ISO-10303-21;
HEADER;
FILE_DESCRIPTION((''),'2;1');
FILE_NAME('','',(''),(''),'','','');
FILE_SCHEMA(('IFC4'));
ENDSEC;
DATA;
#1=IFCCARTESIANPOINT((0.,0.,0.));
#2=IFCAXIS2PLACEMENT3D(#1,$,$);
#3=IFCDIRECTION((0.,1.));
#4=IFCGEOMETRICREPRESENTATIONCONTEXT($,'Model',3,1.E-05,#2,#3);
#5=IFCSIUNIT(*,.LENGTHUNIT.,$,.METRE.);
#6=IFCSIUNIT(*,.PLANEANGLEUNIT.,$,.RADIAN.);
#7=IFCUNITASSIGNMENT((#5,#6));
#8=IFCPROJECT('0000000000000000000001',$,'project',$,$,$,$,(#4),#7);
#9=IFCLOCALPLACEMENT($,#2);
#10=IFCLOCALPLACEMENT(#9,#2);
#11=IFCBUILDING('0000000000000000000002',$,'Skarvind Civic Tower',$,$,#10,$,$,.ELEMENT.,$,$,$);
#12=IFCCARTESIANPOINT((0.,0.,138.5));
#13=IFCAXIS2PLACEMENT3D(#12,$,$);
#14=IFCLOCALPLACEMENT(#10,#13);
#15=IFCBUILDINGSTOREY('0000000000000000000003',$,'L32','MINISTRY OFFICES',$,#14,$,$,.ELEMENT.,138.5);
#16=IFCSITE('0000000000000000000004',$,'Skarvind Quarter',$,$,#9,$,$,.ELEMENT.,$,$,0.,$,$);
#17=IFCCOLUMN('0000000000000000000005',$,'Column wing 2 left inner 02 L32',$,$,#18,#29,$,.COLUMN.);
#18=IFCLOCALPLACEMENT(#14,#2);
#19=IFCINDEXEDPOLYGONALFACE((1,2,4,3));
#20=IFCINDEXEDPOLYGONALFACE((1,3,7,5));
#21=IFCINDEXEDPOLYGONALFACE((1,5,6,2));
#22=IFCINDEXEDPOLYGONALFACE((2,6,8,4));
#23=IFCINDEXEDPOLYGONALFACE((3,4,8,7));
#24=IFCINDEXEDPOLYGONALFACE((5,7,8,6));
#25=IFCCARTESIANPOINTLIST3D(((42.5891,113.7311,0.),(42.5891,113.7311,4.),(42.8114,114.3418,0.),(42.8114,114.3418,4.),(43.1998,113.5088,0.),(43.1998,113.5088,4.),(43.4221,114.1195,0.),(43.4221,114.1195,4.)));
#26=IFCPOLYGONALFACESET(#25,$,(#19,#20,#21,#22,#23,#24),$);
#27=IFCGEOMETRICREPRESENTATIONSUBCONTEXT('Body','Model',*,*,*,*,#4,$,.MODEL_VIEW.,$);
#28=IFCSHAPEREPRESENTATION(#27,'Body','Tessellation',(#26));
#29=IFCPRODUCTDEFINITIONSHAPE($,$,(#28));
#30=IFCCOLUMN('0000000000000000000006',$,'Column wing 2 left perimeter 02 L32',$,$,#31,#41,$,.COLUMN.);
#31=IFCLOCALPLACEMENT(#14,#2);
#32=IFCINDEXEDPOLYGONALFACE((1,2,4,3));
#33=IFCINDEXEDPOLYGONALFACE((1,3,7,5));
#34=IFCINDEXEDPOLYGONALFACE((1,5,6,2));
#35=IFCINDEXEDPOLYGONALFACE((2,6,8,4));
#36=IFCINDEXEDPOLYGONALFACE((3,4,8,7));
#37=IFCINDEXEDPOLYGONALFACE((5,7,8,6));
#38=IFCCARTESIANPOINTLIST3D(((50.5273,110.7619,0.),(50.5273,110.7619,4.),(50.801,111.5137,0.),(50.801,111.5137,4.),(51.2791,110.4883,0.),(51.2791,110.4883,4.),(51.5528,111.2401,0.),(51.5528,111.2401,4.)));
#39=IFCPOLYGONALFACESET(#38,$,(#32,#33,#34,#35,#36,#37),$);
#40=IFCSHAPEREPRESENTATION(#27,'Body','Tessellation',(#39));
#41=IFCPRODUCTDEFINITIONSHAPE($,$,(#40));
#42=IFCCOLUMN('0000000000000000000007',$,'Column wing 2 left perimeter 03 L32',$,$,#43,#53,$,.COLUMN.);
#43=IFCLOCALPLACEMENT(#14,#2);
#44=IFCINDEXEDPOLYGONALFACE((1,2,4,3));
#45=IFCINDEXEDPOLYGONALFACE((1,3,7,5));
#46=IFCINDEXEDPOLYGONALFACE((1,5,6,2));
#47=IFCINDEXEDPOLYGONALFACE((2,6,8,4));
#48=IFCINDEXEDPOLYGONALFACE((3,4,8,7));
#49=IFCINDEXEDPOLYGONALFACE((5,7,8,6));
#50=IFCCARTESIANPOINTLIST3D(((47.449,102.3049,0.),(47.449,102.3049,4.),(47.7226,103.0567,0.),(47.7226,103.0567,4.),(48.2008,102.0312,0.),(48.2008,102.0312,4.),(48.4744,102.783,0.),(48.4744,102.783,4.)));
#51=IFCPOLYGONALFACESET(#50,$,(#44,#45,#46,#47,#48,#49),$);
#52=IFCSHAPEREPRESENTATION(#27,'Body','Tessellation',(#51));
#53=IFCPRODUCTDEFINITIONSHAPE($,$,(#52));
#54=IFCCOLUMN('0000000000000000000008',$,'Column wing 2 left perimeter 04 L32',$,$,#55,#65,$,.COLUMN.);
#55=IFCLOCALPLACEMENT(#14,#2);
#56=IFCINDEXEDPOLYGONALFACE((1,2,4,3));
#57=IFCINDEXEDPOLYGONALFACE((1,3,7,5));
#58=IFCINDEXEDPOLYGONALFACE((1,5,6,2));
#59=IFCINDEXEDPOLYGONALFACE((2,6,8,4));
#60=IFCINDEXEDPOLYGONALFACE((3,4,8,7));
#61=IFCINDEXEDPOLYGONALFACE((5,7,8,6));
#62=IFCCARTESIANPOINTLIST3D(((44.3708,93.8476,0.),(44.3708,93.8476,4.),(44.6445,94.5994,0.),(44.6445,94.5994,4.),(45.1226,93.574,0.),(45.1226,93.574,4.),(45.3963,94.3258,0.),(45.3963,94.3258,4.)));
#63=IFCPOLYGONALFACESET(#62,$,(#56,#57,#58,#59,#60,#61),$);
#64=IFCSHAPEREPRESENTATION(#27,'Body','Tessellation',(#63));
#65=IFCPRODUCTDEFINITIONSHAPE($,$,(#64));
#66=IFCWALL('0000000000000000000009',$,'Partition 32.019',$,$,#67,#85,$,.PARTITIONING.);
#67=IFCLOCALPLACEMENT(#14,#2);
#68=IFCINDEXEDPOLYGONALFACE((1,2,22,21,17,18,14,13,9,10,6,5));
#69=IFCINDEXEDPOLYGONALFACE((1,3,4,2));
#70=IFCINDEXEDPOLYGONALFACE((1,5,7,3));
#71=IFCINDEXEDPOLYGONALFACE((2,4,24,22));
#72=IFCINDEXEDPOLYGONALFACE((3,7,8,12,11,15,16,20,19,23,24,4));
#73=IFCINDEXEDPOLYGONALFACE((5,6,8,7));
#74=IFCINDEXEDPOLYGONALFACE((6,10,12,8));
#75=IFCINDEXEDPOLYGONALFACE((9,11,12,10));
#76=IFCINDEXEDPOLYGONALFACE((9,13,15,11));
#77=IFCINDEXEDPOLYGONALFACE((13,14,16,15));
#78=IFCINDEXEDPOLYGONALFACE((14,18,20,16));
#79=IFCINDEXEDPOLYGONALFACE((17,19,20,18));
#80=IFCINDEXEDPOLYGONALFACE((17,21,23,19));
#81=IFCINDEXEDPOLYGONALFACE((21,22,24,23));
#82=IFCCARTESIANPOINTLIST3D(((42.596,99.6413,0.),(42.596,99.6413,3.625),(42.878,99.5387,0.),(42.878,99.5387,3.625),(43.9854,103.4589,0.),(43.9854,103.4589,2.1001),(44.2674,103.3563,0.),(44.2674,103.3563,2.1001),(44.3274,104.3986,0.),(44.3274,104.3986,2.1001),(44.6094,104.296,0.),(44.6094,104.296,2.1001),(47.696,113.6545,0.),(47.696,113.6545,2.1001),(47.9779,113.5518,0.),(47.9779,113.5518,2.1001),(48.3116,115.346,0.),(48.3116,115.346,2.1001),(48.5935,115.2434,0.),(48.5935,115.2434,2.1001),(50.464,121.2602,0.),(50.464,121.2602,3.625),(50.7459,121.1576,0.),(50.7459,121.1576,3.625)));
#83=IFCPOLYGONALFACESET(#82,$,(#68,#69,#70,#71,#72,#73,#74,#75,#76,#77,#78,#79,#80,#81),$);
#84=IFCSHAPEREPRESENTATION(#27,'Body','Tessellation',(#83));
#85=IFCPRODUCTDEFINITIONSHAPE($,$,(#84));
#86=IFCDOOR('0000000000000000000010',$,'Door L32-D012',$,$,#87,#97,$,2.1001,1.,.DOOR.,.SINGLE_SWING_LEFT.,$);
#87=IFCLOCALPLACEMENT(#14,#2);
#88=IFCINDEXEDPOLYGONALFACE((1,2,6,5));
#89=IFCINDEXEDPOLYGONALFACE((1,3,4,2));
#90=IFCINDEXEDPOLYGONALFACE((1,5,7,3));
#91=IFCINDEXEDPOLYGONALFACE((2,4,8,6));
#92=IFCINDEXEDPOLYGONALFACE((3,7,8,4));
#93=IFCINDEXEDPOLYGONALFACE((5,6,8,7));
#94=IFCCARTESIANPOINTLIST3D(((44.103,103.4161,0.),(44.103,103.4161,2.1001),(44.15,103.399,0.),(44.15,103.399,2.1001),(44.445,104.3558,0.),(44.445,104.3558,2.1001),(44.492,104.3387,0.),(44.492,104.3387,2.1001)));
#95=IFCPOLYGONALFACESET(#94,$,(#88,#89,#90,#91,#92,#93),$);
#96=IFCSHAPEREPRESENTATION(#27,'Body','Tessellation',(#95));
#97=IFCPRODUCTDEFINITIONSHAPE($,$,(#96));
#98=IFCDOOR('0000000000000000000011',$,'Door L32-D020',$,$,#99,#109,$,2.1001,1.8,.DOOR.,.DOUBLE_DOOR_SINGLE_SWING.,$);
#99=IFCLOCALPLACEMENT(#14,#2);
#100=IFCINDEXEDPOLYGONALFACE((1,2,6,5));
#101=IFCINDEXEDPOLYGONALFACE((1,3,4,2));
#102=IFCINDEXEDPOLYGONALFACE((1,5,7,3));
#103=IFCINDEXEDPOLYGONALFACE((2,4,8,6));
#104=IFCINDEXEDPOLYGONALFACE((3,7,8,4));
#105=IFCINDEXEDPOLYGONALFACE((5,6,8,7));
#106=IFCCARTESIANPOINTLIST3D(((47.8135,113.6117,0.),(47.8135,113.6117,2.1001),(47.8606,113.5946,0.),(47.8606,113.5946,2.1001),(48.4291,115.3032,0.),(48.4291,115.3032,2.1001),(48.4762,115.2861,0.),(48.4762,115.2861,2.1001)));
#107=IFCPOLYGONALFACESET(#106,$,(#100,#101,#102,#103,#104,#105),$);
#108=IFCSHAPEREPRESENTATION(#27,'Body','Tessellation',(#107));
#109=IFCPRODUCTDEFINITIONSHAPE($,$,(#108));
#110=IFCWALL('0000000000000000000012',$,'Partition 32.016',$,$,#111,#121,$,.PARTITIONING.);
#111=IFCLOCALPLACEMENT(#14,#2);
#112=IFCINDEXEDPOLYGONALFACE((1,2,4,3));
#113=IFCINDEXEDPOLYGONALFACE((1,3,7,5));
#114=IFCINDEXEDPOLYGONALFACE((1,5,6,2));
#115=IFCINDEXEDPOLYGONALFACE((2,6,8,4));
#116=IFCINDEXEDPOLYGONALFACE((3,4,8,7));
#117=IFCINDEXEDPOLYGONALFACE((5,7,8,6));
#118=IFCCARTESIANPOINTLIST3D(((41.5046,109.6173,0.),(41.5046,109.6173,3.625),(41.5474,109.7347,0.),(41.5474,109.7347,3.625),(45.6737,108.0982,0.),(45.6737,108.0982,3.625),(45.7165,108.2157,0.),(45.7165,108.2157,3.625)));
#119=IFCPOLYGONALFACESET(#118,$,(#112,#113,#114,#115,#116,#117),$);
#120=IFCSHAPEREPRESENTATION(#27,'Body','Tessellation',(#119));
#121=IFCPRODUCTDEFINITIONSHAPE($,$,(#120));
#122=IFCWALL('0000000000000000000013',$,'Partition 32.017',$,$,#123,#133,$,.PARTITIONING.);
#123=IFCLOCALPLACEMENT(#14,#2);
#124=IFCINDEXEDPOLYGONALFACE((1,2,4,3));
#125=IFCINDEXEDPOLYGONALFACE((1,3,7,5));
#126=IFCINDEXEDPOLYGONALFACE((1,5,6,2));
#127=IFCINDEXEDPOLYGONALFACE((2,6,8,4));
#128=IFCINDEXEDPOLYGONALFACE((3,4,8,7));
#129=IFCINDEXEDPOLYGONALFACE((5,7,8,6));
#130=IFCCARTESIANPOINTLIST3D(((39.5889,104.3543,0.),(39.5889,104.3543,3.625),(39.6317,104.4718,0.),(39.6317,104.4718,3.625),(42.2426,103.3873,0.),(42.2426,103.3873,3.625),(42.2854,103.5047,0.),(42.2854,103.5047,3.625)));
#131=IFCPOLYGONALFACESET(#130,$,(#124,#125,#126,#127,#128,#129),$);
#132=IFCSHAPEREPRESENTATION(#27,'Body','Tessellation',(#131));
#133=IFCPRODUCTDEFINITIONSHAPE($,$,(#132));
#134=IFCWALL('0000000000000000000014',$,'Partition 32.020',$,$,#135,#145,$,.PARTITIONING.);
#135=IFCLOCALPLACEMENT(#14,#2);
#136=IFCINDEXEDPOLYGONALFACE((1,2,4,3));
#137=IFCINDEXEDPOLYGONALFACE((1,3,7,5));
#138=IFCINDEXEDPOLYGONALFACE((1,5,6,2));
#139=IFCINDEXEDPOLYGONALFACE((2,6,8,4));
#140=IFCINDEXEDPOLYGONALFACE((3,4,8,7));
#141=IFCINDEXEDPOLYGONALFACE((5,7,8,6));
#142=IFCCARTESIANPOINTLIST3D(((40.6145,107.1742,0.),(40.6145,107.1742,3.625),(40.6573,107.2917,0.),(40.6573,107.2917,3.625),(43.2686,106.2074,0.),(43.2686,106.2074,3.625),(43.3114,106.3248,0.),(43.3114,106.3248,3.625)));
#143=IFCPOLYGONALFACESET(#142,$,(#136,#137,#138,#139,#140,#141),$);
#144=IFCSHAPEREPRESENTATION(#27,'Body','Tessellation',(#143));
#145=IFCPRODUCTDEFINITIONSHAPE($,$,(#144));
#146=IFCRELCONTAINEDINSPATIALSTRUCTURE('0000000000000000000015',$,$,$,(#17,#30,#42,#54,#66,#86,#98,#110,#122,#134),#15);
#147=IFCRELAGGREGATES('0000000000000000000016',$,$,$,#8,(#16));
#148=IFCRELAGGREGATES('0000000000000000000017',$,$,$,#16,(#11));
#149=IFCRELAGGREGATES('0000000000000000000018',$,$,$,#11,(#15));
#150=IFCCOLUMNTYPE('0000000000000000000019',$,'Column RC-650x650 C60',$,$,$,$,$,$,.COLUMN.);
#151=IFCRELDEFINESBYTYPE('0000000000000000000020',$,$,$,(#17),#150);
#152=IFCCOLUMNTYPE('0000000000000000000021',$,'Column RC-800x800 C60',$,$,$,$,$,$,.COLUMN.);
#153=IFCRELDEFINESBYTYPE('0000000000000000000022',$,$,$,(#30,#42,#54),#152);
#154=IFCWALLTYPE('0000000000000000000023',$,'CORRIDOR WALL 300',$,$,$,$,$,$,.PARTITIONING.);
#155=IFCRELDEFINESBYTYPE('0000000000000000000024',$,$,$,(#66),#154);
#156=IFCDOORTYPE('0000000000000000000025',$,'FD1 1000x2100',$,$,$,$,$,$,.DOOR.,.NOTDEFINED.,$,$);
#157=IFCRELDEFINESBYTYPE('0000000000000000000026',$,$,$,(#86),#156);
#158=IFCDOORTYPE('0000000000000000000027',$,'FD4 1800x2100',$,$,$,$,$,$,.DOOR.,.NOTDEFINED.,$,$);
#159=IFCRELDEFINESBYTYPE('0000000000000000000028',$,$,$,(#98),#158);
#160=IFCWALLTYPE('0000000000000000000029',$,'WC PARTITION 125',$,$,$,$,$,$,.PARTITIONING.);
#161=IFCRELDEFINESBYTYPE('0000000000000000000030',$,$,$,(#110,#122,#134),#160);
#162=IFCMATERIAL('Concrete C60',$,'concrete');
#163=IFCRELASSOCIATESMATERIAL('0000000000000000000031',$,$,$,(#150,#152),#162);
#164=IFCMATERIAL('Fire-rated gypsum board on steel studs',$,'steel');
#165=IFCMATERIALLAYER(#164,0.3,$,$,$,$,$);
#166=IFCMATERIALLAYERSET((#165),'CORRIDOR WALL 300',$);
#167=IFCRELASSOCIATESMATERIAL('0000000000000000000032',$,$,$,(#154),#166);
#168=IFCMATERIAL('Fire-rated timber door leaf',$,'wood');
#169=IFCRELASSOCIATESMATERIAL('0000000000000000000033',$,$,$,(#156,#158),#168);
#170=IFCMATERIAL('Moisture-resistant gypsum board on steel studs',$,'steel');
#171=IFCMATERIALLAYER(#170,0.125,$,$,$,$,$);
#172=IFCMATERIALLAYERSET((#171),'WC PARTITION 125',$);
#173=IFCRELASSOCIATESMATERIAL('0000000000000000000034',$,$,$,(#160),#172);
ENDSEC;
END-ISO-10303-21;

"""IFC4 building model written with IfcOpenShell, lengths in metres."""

from ifc_helpers import new_model, si_unit, direction, frame, frame_2d, origin, origin_2d, place, context, subcontext, project, spatial, rectangle, extrude, material, layer, layer_set, material_profile, profile_set, type_object, element, fill, save


model = new_model("IFC4")

# Units and contexts
model_context = context("Model", 3, precision=1e-05, world=origin(), true_north=direction((0.0, 1.0)))
body_context = subcontext(model_context, "Body", "Model", "MODEL_VIEW")
ifc_project = project(units=[si_unit("LENGTHUNIT", "METRE"), si_unit("PLANEANGLEUNIT", "RADIAN")], contexts=[model_context])

# Site, building, storey
site_placement = place(None, origin())
site = spatial("IfcSite", under=ifc_project, at=site_placement, Name="Skarvind Quarter", CompositionType="ELEMENT", RefElevation=0.0)
building_placement = place(site_placement, origin())
building = spatial("IfcBuilding", under=site, at=building_placement, Name="Skarvind Civic Tower", CompositionType="ELEMENT")
storey_placement = place(building_placement, frame((0.0, 0.0, 138.5)))
storey = spatial("IfcBuildingStorey", under=building, at=storey_placement, Name="L32", Description="MINISTRY OFFICES", CompositionType="ELEMENT", Elevation=138.5)

# Columns
ifc_material_1 = material(Name="Concrete C60", Category="concrete")
ifc_material_profile_1 = material_profile(ifc_material_1, rectangle(XDim=0.6499, YDim=0.6499, at=origin_2d()), Name="RC-650x650")
ifc_profile_set_1 = profile_set([ifc_material_profile_1], Name="Concrete C60")
column_type_1 = type_object("IfcColumnType", Name="Column RC-650x650 C60", PredefinedType="COLUMN", material=ifc_profile_set_1)
column_placement = place(storey_placement, frame((43.0056, 113.9253, 0.0), z_axis=(0.0, 0.0, 1.0), x_axis=(-0.34202, -0.939693, 0.0)))
element("IfcColumn", 1, at=column_placement, inside=storey, type_object=column_type_1, Name="Column wing 2 left inner 02 L32", PredefinedType="COLUMN", context=body_context, shape_type="SweptSolid", body=[
    extrude(rectangle(XDim=0.6499, YDim=0.6499, at=origin_2d()), origin(), (0.0, 0.0, 1.0), 4.0),
])
ifc_material_profile_2 = material_profile(ifc_material_1, rectangle(XDim=0.8, YDim=0.8, at=origin_2d()), Name="RC-800x800")
ifc_profile_set_2 = profile_set([ifc_material_profile_2], Name="Concrete C60")
column_type_2 = type_object("IfcColumnType", Name="Column RC-800x800 C60", PredefinedType="COLUMN", material=ifc_profile_set_2)
for number, where, z_axis, x_axis, name in (
    (2, (51.04, 111.001, 0.0), (0.0, 0.0, 1.0), (-0.34202, -0.939693, 0.0), "Column wing 2 left perimeter 02 L32"),
    (3, (47.9617, 102.5439, 0.0), (0.0, 0.0, 1.0), (-0.34202, -0.939693, 0.0), "Column wing 2 left perimeter 03 L32"),
    (4, (44.8835, 94.0867, 0.0), (0.0, 0.0, 1.0), (-0.34202, -0.939693, 0.0), "Column wing 2 left perimeter 04 L32"),
):
    element("IfcColumn", number, at=place(storey_placement, frame(where, z_axis=z_axis, x_axis=x_axis)), inside=storey, type_object=column_type_2, Name=name, PredefinedType="COLUMN", context=body_context, shape_type="SweptSolid", body=[
        extrude(rectangle(XDim=0.8, YDim=0.8, at=origin_2d()), origin(), (0.0, 0.0, 1.0), 4.0),
    ])

# Wall, openings, doors
ifc_material_2 = material(Name="Fire-rated gypsum board on steel studs", Category="steel")
ifc_layer_1 = layer(ifc_material_2, 0.3)
ifc_layer_set_1 = layer_set([ifc_layer_1], Name="CORRIDOR WALL 300")
wall_type_1 = type_object("IfcWallType", Name="CORRIDOR WALL 300", PredefinedType="PARTITIONING", material=ifc_layer_set_1)
wall_1_placement = place(storey_placement, frame((42.7371, 99.5901, 0.0), z_axis=(0.0, 0.0, 1.0), x_axis=(0.341993, 0.939703, 0.0)))
wall_1 = element("IfcWall", 5, at=wall_1_placement, inside=storey, type_object=wall_type_1, Name="Partition 32.019", PredefinedType="PARTITIONING", context=body_context, shape_type="SweptSolid", body=[
    extrude(rectangle(XDim=23.0061, YDim=0.3, at=frame_2d((11.5029, 0.0))), origin(), (0.0, 0.0, 1.0), 3.625),
])
opening_1_placement = place(wall_1_placement, frame((4.0625, 0.0, 0.0)))
opening_1 = element("IfcOpeningElement", 6, at=opening_1_placement, cuts=wall_1, PredefinedType="OPENING", context=body_context, shape_type="SweptSolid", body=[
    extrude(rectangle(XDim=1.0, YDim=2.1001, at=frame_2d((0.5, 1.05))), frame((0.0, 0.1599, 0.0), z_axis=(0.0, -1.0, 0.0), x_axis=(1.0, 0.0, 0.0)), (0.0, 0.0, 1.0), 0.3201),
])
opening_2_placement = place(wall_1_placement, frame((14.9124, 0.0, 0.0)))
opening_2 = element("IfcOpeningElement", 7, at=opening_2_placement, cuts=wall_1, PredefinedType="OPENING", context=body_context, shape_type="SweptSolid", body=[
    extrude(rectangle(XDim=1.8, YDim=2.1001, at=frame_2d((0.8999, 1.05))), frame((0.0, 0.1599, 0.0), z_axis=(0.0, -1.0, 0.0), x_axis=(1.0, 0.0, 0.0)), (0.0, 0.0, 1.0), 0.3201),
])
ifc_material_3 = material(Name="Fire-rated timber door leaf", Category="wood")
door_type_1 = type_object("IfcDoorType", Name="FD1 1000x2100", OperationType="NOTDEFINED", PredefinedType="DOOR", material=ifc_material_3)
door_1_placement = place(opening_1_placement, origin())
door_1 = element("IfcDoor", 8, at=door_1_placement, inside=storey, type_object=door_type_1, Name="Door L32-D012", OperationType="SINGLE_SWING_LEFT", OverallHeight=2.1001, OverallWidth=1.0, PredefinedType="DOOR", context=body_context, shape_type="SweptSolid", body=[
    extrude(rectangle(XDim=1.0, YDim=2.1001, at=frame_2d((0.5, 1.05))), frame((0.0, 0.0249, 0.0), z_axis=(0.0, -1.0, 0.0), x_axis=(1.0, 0.0, 0.0)), (0.0, 0.0, 1.0), 0.05),
])
fill(opening_1, door_1)
door_type_2 = type_object("IfcDoorType", Name="FD4 1800x2100", OperationType="NOTDEFINED", PredefinedType="DOOR", material=ifc_material_3)
door_2_placement = place(opening_2_placement, origin())
door_2 = element("IfcDoor", 9, at=door_2_placement, inside=storey, type_object=door_type_2, Name="Door L32-D020", OperationType="DOUBLE_DOOR_SINGLE_SWING", OverallHeight=2.1001, OverallWidth=1.8, PredefinedType="DOOR", context=body_context, shape_type="SweptSolid", body=[
    extrude(rectangle(XDim=1.8, YDim=2.1001, at=frame_2d((0.8999, 1.05))), frame((0.0, 0.0249, 0.0), z_axis=(0.0, -1.0, 0.0), x_axis=(1.0, 0.0, 0.0)), (0.0, 0.0, 1.0), 0.05),
])
fill(opening_2, door_2)

# Walls
ifc_material_4 = material(Name="Moisture-resistant gypsum board on steel studs", Category="steel")
ifc_layer_2 = layer(ifc_material_4, 0.125)
ifc_layer_set_2 = layer_set([ifc_layer_2], Name="WC PARTITION 125")
wall_type_2 = type_object("IfcWallType", Name="WC PARTITION 125", PredefinedType="PARTITIONING", material=ifc_layer_set_2)
wall_2_placement = place(storey_placement, frame((41.5259, 109.676, 0.0), z_axis=(0.0, 0.0, 1.0), x_axis=(0.939578, -0.342335, 0.0)))
element("IfcWall", 10, at=wall_2_placement, inside=storey, type_object=wall_type_2, Name="Partition 32.016", PredefinedType="PARTITIONING", context=body_context, shape_type="SweptSolid", body=[
    extrude(rectangle(XDim=4.4373, YDim=0.125, at=frame_2d((2.2188, 0.0))), origin(), (0.0, 0.0, 1.0), 3.625),
])
wall_3_placement = place(storey_placement, frame((42.2639, 103.446, 0.0), z_axis=(0.0, 0.0, 1.0), x_axis=(-0.939564, 0.342375, 0.0)))
element("IfcWall", 11, at=wall_3_placement, inside=storey, type_object=wall_type_2, Name="Partition 32.017", PredefinedType="PARTITIONING", context=body_context, shape_type="SweptSolid", body=[
    extrude(rectangle(XDim=2.8245, YDim=0.125, at=frame_2d((1.4121, 0.0))), origin(), (0.0, 0.0, 1.0), 3.625),
])
wall_4_placement = place(storey_placement, frame((43.29, 106.2661, 0.0), z_axis=(0.0, 0.0, 1.0), x_axis=(-0.939601, 0.34227, 0.0)))
element("IfcWall", 12, at=wall_4_placement, inside=storey, type_object=wall_type_2, Name="Partition 32.020", PredefinedType="PARTITIONING", context=body_context, shape_type="SweptSolid", body=[
    extrude(rectangle(XDim=2.8247, YDim=0.125, at=frame_2d((1.4124, 0.0))), origin(), (0.0, 0.0, 1.0), 3.625),
])

save(model, "model.ifc")
